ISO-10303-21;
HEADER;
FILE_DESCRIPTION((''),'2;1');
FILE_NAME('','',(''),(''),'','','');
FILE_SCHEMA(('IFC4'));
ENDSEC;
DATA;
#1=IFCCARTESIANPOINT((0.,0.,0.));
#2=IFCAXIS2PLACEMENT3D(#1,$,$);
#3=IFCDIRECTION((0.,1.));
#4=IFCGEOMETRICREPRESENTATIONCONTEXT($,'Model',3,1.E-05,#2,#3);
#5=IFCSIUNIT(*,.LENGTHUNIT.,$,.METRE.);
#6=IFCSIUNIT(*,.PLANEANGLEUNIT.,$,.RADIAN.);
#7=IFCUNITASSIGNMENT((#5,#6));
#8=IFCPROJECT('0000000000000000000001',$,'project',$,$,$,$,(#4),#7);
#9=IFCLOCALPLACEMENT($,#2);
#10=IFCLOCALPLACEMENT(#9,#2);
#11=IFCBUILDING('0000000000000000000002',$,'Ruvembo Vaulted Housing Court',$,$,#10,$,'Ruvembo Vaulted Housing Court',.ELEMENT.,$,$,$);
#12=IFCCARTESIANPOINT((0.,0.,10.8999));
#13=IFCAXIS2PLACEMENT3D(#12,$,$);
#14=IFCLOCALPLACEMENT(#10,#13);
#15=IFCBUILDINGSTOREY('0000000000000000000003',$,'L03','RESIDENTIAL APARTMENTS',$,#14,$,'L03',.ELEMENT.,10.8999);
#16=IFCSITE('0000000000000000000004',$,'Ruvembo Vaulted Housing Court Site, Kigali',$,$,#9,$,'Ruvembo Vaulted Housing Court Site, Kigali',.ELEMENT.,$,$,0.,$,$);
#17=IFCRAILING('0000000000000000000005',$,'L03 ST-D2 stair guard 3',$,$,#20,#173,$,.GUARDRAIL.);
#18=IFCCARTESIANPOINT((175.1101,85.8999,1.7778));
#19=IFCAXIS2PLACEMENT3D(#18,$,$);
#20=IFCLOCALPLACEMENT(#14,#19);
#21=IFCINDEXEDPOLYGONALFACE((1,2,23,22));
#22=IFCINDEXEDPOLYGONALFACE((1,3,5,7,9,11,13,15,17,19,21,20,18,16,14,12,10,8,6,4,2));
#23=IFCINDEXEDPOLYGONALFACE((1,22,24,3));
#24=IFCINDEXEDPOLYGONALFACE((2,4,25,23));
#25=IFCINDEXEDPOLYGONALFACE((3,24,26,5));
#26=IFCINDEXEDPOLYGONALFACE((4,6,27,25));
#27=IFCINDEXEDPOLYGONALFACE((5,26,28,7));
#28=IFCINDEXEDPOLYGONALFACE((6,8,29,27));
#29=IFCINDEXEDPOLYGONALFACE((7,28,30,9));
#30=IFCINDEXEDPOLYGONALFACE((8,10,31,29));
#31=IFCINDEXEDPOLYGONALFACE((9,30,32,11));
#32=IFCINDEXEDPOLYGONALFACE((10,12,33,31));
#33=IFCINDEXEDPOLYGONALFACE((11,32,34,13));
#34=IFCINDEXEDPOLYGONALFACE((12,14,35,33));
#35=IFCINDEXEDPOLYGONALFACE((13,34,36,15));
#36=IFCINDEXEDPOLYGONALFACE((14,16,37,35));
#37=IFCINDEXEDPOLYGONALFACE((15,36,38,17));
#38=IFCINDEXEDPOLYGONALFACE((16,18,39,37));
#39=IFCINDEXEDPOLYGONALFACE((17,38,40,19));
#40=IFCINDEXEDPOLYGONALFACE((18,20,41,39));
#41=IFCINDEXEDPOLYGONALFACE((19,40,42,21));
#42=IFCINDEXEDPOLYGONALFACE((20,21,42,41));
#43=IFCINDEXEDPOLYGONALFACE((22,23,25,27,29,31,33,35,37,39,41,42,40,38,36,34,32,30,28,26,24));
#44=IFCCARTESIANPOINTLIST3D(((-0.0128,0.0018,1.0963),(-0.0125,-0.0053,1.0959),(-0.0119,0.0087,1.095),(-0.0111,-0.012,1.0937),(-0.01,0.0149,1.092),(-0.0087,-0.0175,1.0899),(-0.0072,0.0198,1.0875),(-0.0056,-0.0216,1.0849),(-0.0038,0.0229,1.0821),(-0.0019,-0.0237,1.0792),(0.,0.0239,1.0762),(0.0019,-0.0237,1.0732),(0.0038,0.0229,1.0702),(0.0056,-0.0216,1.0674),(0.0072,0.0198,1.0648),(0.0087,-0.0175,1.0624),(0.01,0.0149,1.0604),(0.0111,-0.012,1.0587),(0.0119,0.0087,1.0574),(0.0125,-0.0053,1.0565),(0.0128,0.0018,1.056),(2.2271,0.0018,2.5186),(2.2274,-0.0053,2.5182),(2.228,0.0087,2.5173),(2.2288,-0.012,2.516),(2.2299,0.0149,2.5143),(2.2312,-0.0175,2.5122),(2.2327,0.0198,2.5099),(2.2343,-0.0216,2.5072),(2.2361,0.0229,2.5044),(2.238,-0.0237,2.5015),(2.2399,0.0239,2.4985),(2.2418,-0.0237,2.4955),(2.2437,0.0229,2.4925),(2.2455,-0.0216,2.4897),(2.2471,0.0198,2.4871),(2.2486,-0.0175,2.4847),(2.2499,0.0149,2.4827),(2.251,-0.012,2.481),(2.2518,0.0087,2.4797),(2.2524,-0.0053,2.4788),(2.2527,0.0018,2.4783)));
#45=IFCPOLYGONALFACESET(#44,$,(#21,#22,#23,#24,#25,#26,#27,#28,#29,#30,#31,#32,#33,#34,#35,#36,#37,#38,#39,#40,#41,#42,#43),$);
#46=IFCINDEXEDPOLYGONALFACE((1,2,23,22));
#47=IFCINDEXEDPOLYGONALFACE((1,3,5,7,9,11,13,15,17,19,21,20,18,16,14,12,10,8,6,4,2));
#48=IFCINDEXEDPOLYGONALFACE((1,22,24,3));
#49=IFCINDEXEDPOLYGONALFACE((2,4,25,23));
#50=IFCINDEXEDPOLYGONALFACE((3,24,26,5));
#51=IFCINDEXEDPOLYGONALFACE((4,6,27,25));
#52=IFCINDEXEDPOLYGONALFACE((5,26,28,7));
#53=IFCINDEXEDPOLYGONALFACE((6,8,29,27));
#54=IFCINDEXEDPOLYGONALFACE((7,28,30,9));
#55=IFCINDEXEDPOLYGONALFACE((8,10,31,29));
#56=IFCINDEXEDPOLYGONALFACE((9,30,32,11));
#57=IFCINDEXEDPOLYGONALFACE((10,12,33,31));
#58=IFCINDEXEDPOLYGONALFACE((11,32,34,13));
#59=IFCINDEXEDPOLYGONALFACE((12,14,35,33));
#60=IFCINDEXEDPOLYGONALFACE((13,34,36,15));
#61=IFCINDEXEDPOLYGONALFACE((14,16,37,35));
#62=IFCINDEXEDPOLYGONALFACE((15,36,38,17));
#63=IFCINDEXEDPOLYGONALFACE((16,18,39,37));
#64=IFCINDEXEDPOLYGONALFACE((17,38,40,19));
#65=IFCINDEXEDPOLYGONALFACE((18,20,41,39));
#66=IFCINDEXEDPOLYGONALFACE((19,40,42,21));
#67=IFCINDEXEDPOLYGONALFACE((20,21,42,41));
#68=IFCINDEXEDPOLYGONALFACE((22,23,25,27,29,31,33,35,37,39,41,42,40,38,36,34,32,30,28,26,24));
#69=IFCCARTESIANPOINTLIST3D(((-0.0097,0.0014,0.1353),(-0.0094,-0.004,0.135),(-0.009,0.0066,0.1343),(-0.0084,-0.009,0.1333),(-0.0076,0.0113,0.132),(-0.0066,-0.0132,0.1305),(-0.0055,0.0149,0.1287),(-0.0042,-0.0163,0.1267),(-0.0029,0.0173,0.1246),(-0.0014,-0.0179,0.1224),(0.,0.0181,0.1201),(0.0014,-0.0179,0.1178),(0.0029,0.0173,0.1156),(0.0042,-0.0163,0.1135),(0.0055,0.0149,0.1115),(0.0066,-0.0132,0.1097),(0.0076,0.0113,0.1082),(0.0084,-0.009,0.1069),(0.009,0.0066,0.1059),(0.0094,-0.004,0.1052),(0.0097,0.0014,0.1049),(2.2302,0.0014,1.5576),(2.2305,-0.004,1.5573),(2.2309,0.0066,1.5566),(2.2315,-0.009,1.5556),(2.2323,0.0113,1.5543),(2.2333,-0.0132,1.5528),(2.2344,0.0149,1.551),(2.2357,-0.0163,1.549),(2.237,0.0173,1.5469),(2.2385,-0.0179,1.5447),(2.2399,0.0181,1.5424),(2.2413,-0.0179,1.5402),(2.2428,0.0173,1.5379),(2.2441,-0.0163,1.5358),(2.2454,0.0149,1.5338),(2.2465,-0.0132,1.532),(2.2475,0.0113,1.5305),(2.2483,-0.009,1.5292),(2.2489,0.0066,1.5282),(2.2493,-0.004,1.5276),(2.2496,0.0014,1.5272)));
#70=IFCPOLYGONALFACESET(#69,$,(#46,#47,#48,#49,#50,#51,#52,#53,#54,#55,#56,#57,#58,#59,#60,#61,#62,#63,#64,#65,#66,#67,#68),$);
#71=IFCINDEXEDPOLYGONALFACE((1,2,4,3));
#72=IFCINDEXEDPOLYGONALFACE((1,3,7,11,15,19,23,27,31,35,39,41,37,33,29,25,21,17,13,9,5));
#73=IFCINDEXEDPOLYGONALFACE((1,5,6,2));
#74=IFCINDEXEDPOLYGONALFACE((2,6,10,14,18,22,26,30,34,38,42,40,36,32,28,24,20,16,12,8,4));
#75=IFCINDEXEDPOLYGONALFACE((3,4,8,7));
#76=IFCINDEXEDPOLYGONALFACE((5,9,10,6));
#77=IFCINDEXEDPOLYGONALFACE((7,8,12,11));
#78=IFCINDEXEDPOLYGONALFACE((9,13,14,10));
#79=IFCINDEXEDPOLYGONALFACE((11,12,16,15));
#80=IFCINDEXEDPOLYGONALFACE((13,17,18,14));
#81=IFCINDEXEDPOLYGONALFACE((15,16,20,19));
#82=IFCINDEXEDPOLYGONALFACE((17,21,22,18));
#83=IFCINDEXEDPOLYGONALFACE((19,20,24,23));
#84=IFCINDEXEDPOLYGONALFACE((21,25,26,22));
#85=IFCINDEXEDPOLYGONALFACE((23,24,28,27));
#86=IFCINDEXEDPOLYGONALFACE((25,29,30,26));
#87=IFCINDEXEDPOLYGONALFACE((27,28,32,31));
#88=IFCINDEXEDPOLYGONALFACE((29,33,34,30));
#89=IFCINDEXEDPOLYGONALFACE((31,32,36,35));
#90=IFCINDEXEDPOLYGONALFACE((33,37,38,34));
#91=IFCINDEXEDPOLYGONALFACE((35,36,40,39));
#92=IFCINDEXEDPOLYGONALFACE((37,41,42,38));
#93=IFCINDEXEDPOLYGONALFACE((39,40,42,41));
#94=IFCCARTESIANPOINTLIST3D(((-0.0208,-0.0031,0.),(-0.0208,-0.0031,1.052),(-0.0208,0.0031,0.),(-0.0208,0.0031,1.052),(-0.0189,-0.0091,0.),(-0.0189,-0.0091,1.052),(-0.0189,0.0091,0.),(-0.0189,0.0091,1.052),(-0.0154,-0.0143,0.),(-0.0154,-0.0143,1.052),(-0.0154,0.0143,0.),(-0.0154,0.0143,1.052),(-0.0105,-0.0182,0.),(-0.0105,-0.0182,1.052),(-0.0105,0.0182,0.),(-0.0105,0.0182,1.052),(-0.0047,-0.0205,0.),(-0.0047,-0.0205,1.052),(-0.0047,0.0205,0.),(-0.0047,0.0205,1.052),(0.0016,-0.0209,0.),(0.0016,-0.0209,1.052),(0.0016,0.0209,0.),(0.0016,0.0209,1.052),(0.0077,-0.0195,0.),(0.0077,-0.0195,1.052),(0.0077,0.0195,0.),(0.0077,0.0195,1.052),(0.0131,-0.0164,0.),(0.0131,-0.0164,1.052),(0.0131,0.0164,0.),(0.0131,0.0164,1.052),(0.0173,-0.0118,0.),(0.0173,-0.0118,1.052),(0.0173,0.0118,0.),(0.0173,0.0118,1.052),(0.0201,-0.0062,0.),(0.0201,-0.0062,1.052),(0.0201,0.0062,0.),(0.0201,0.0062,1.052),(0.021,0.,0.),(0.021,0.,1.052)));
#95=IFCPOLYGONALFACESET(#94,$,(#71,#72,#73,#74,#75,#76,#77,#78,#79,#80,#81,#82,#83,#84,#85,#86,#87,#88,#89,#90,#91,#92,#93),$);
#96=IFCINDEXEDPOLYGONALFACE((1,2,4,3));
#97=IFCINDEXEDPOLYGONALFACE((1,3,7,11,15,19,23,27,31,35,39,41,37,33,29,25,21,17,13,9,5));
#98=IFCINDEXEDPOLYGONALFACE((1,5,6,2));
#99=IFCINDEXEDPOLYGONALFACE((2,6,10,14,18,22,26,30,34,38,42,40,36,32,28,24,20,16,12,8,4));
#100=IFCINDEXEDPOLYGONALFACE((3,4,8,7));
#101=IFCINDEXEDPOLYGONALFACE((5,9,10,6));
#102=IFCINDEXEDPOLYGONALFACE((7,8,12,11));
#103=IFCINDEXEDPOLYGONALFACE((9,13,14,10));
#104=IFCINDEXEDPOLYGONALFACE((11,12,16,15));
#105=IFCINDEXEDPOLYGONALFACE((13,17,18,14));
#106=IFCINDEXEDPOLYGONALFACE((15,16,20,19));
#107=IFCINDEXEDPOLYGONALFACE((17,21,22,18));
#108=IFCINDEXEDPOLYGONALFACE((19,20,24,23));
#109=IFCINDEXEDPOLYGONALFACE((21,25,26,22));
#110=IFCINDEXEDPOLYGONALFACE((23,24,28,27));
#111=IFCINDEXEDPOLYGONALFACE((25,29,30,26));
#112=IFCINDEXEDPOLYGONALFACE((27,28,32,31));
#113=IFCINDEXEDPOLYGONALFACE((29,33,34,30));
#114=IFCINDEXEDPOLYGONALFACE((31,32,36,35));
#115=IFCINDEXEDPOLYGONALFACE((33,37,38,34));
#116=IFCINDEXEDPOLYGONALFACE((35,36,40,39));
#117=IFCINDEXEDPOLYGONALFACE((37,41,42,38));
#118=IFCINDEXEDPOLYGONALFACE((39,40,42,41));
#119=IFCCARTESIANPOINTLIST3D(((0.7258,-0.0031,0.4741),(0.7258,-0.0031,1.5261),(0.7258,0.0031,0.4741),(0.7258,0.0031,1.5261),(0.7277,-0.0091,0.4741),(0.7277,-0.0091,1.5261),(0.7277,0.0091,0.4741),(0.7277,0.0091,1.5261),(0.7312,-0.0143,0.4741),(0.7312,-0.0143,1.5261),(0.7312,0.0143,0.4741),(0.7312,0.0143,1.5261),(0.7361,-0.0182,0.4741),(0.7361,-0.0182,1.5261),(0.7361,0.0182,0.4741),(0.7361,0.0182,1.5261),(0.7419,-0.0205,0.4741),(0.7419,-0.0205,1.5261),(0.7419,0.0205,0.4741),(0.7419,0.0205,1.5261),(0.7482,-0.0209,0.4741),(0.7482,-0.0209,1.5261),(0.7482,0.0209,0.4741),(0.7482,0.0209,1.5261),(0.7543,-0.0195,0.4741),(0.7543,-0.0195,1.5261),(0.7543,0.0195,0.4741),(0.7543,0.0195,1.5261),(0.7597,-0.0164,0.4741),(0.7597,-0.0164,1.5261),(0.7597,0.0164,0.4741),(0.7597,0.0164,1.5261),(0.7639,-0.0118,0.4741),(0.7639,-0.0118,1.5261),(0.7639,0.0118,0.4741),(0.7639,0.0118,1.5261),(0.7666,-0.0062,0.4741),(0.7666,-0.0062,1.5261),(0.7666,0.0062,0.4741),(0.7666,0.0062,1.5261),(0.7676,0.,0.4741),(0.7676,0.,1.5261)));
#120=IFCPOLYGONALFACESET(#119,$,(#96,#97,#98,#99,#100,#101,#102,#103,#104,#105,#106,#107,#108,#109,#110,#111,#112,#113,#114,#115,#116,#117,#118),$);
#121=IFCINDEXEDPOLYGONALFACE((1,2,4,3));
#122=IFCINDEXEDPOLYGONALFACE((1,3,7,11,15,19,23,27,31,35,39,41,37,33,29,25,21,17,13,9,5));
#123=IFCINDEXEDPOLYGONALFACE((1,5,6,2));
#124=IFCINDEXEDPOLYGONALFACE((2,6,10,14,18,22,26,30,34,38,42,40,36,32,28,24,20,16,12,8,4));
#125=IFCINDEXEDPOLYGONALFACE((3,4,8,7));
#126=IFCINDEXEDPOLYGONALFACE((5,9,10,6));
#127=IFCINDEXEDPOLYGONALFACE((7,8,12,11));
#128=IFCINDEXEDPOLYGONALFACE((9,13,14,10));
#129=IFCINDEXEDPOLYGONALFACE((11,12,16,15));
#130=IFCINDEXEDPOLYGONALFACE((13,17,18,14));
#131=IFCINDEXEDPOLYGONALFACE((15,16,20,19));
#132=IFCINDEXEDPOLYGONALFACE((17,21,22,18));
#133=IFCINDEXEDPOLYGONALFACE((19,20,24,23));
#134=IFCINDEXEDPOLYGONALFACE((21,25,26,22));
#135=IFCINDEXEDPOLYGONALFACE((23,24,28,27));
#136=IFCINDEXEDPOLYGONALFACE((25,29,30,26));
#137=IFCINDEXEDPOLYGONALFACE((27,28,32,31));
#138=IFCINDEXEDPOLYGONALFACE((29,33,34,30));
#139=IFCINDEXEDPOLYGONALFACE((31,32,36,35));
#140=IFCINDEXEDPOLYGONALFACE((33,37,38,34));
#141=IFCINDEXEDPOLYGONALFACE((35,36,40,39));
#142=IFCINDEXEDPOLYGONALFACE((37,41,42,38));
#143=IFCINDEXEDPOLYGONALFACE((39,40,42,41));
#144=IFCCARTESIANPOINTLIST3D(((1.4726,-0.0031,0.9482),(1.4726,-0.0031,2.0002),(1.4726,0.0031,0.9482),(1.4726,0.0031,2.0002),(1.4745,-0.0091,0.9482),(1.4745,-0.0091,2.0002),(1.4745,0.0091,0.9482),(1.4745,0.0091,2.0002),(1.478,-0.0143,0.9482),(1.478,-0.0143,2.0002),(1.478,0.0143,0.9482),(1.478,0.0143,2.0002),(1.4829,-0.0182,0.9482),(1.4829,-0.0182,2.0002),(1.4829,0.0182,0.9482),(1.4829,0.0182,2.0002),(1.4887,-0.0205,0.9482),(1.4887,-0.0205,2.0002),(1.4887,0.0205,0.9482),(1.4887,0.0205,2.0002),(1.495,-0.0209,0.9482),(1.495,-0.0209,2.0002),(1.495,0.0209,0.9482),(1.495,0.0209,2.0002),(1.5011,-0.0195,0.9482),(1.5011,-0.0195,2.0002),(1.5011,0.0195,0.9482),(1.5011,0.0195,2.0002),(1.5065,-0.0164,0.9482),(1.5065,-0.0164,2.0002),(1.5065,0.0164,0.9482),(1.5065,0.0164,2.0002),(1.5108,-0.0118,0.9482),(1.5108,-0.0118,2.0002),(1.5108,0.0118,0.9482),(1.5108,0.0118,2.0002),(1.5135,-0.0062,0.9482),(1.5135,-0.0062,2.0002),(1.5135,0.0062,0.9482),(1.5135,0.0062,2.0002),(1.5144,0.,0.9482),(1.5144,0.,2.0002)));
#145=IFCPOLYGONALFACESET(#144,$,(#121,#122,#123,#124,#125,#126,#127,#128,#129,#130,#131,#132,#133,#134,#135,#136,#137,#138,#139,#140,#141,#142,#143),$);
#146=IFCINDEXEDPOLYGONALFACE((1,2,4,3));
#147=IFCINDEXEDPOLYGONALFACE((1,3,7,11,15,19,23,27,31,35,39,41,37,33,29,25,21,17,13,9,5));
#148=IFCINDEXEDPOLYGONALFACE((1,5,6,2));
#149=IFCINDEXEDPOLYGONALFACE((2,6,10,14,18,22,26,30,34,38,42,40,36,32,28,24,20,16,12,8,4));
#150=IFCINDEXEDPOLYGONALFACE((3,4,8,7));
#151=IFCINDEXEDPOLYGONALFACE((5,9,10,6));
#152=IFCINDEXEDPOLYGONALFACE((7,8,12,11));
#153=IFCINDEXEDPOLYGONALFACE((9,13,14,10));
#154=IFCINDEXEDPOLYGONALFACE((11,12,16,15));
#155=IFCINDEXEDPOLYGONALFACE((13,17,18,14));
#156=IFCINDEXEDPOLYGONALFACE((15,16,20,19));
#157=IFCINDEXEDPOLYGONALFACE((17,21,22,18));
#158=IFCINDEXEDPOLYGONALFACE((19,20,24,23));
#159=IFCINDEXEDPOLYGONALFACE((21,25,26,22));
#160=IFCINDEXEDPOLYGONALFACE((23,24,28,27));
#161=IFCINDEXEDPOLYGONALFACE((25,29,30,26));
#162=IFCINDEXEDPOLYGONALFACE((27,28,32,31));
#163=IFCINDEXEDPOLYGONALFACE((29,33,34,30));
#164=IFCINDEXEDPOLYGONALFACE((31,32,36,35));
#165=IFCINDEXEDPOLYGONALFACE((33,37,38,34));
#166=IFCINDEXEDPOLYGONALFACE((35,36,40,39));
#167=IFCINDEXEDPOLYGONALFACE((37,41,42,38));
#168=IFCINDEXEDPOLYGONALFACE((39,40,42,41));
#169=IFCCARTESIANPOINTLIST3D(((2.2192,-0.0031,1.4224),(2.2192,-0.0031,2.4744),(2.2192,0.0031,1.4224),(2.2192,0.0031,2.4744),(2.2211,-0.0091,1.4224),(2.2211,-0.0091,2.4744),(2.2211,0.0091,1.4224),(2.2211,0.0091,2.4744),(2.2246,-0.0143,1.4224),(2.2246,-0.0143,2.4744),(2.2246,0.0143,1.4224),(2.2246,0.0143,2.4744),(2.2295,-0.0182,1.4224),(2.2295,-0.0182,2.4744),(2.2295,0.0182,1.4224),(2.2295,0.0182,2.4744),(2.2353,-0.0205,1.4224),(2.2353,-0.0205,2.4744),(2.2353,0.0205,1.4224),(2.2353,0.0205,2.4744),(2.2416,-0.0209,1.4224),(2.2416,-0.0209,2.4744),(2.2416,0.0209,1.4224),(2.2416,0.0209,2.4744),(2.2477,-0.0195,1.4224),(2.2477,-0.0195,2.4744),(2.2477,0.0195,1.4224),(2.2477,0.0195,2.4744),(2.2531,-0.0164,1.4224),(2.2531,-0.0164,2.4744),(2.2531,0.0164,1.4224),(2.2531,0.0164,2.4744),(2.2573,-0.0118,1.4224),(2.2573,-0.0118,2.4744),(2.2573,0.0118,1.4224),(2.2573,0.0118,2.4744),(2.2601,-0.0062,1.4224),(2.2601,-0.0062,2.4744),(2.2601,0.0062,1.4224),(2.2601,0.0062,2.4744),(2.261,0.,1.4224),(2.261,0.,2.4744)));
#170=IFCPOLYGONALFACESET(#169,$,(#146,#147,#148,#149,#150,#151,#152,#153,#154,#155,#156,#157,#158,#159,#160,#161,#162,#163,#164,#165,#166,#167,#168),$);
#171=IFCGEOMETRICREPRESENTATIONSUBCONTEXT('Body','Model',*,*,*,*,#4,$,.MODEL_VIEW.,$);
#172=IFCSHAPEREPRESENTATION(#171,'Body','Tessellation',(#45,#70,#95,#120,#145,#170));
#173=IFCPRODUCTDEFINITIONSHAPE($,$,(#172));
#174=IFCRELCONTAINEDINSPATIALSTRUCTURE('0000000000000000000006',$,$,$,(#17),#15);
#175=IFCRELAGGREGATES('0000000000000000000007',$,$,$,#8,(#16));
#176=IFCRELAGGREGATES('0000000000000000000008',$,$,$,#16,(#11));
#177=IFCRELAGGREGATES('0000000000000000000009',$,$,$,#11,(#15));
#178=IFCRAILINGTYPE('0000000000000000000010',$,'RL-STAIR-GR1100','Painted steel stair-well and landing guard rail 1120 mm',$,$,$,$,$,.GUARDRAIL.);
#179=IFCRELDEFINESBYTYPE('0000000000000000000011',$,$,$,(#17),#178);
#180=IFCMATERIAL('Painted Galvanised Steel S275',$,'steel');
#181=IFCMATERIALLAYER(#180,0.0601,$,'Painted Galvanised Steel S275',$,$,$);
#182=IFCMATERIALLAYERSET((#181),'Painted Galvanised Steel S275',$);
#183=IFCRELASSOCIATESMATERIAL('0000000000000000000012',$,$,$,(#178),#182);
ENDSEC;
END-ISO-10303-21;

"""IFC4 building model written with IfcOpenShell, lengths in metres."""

from ifc_helpers import new_model, si_unit, direction, frame, origin, origin_2d, place, context, subcontext, project, spatial, circle, extrude, material, layer, layer_set, type_object, element, save


model = new_model("IFC4")

# Units and contexts
model_context = context("Model", 3, precision=1e-05, world=origin(), true_north=direction((0.0, 1.0)))
body_context = subcontext(model_context, "Body", "Model", "MODEL_VIEW")
ifc_project = project(units=[si_unit("LENGTHUNIT", "METRE"), si_unit("PLANEANGLEUNIT", "RADIAN")], contexts=[model_context])

# Site, building, storey
site_placement = place(None, origin())
site = spatial("IfcSite", under=ifc_project, at=site_placement, Name="Ruvembo Vaulted Housing Court Site, Kigali", LongName="Ruvembo Vaulted Housing Court Site, Kigali", CompositionType="ELEMENT", RefElevation=0.0)
building_placement = place(site_placement, origin())
building = spatial("IfcBuilding", under=site, at=building_placement, Name="Ruvembo Vaulted Housing Court", LongName="Ruvembo Vaulted Housing Court", CompositionType="ELEMENT")
storey_placement = place(building_placement, frame((0.0, 0.0, 10.8999)))
storey = spatial("IfcBuildingStorey", under=building, at=storey_placement, Name="L03", Description="RESIDENTIAL APARTMENTS", LongName="L03", CompositionType="ELEMENT", Elevation=10.8999)

# Railing
ifc_material_1 = material(Name="Painted Galvanised Steel S275", Category="steel")
ifc_layer_1 = layer(ifc_material_1, 0.0601, Name="Painted Galvanised Steel S275")
ifc_layer_set_1 = layer_set([ifc_layer_1], Name="Painted Galvanised Steel S275")
railing_type_1 = type_object("IfcRailingType", Name="RL-STAIR-GR1100", Description="Painted steel stair-well and landing guard rail 1120 mm", PredefinedType="GUARDRAIL", material=ifc_layer_set_1)
railing_1_placement = place(storey_placement, frame((175.1101, 85.8999, 1.7778)))
element("IfcRailing", 1, at=railing_1_placement, inside=storey, type_object=railing_type_1, Name="L03 ST-D2 stair guard 3", PredefinedType="GUARDRAIL", context=body_context, shape_type="SweptSolid", body=[
    extrude(circle(Radius=0.0239, at=origin_2d()), frame((0.0, 0.0, 1.0762), z_axis=(0.844188, 0.0, 0.536048), x_axis=(0.0, 1.0, 0.0)), (0.0, 0.0, 1.0), 2.6533),
    extrude(circle(Radius=0.0181, at=origin_2d()), frame((0.0, 0.0, 0.1201), z_axis=(0.844188, 0.0, 0.536048), x_axis=(0.0, 1.0, 0.0)), (0.0, 0.0, 1.0), 2.6533),
    extrude(circle(Radius=0.021, at=origin_2d()), origin(), (0.0, 0.0, 1.0), 1.052),
    extrude(circle(Radius=0.021, at=origin_2d()), frame((0.7466, 0.0, 0.4741)), (0.0, 0.0, 1.0), 1.052),
    extrude(circle(Radius=0.021, at=origin_2d()), frame((1.4934, 0.0, 0.9482)), (0.0, 0.0, 1.0), 1.052),
    extrude(circle(Radius=0.021, at=origin_2d()), frame((2.24, 0.0, 1.4224)), (0.0, 0.0, 1.0), 1.052),
])

save(model, "model.ifc")
